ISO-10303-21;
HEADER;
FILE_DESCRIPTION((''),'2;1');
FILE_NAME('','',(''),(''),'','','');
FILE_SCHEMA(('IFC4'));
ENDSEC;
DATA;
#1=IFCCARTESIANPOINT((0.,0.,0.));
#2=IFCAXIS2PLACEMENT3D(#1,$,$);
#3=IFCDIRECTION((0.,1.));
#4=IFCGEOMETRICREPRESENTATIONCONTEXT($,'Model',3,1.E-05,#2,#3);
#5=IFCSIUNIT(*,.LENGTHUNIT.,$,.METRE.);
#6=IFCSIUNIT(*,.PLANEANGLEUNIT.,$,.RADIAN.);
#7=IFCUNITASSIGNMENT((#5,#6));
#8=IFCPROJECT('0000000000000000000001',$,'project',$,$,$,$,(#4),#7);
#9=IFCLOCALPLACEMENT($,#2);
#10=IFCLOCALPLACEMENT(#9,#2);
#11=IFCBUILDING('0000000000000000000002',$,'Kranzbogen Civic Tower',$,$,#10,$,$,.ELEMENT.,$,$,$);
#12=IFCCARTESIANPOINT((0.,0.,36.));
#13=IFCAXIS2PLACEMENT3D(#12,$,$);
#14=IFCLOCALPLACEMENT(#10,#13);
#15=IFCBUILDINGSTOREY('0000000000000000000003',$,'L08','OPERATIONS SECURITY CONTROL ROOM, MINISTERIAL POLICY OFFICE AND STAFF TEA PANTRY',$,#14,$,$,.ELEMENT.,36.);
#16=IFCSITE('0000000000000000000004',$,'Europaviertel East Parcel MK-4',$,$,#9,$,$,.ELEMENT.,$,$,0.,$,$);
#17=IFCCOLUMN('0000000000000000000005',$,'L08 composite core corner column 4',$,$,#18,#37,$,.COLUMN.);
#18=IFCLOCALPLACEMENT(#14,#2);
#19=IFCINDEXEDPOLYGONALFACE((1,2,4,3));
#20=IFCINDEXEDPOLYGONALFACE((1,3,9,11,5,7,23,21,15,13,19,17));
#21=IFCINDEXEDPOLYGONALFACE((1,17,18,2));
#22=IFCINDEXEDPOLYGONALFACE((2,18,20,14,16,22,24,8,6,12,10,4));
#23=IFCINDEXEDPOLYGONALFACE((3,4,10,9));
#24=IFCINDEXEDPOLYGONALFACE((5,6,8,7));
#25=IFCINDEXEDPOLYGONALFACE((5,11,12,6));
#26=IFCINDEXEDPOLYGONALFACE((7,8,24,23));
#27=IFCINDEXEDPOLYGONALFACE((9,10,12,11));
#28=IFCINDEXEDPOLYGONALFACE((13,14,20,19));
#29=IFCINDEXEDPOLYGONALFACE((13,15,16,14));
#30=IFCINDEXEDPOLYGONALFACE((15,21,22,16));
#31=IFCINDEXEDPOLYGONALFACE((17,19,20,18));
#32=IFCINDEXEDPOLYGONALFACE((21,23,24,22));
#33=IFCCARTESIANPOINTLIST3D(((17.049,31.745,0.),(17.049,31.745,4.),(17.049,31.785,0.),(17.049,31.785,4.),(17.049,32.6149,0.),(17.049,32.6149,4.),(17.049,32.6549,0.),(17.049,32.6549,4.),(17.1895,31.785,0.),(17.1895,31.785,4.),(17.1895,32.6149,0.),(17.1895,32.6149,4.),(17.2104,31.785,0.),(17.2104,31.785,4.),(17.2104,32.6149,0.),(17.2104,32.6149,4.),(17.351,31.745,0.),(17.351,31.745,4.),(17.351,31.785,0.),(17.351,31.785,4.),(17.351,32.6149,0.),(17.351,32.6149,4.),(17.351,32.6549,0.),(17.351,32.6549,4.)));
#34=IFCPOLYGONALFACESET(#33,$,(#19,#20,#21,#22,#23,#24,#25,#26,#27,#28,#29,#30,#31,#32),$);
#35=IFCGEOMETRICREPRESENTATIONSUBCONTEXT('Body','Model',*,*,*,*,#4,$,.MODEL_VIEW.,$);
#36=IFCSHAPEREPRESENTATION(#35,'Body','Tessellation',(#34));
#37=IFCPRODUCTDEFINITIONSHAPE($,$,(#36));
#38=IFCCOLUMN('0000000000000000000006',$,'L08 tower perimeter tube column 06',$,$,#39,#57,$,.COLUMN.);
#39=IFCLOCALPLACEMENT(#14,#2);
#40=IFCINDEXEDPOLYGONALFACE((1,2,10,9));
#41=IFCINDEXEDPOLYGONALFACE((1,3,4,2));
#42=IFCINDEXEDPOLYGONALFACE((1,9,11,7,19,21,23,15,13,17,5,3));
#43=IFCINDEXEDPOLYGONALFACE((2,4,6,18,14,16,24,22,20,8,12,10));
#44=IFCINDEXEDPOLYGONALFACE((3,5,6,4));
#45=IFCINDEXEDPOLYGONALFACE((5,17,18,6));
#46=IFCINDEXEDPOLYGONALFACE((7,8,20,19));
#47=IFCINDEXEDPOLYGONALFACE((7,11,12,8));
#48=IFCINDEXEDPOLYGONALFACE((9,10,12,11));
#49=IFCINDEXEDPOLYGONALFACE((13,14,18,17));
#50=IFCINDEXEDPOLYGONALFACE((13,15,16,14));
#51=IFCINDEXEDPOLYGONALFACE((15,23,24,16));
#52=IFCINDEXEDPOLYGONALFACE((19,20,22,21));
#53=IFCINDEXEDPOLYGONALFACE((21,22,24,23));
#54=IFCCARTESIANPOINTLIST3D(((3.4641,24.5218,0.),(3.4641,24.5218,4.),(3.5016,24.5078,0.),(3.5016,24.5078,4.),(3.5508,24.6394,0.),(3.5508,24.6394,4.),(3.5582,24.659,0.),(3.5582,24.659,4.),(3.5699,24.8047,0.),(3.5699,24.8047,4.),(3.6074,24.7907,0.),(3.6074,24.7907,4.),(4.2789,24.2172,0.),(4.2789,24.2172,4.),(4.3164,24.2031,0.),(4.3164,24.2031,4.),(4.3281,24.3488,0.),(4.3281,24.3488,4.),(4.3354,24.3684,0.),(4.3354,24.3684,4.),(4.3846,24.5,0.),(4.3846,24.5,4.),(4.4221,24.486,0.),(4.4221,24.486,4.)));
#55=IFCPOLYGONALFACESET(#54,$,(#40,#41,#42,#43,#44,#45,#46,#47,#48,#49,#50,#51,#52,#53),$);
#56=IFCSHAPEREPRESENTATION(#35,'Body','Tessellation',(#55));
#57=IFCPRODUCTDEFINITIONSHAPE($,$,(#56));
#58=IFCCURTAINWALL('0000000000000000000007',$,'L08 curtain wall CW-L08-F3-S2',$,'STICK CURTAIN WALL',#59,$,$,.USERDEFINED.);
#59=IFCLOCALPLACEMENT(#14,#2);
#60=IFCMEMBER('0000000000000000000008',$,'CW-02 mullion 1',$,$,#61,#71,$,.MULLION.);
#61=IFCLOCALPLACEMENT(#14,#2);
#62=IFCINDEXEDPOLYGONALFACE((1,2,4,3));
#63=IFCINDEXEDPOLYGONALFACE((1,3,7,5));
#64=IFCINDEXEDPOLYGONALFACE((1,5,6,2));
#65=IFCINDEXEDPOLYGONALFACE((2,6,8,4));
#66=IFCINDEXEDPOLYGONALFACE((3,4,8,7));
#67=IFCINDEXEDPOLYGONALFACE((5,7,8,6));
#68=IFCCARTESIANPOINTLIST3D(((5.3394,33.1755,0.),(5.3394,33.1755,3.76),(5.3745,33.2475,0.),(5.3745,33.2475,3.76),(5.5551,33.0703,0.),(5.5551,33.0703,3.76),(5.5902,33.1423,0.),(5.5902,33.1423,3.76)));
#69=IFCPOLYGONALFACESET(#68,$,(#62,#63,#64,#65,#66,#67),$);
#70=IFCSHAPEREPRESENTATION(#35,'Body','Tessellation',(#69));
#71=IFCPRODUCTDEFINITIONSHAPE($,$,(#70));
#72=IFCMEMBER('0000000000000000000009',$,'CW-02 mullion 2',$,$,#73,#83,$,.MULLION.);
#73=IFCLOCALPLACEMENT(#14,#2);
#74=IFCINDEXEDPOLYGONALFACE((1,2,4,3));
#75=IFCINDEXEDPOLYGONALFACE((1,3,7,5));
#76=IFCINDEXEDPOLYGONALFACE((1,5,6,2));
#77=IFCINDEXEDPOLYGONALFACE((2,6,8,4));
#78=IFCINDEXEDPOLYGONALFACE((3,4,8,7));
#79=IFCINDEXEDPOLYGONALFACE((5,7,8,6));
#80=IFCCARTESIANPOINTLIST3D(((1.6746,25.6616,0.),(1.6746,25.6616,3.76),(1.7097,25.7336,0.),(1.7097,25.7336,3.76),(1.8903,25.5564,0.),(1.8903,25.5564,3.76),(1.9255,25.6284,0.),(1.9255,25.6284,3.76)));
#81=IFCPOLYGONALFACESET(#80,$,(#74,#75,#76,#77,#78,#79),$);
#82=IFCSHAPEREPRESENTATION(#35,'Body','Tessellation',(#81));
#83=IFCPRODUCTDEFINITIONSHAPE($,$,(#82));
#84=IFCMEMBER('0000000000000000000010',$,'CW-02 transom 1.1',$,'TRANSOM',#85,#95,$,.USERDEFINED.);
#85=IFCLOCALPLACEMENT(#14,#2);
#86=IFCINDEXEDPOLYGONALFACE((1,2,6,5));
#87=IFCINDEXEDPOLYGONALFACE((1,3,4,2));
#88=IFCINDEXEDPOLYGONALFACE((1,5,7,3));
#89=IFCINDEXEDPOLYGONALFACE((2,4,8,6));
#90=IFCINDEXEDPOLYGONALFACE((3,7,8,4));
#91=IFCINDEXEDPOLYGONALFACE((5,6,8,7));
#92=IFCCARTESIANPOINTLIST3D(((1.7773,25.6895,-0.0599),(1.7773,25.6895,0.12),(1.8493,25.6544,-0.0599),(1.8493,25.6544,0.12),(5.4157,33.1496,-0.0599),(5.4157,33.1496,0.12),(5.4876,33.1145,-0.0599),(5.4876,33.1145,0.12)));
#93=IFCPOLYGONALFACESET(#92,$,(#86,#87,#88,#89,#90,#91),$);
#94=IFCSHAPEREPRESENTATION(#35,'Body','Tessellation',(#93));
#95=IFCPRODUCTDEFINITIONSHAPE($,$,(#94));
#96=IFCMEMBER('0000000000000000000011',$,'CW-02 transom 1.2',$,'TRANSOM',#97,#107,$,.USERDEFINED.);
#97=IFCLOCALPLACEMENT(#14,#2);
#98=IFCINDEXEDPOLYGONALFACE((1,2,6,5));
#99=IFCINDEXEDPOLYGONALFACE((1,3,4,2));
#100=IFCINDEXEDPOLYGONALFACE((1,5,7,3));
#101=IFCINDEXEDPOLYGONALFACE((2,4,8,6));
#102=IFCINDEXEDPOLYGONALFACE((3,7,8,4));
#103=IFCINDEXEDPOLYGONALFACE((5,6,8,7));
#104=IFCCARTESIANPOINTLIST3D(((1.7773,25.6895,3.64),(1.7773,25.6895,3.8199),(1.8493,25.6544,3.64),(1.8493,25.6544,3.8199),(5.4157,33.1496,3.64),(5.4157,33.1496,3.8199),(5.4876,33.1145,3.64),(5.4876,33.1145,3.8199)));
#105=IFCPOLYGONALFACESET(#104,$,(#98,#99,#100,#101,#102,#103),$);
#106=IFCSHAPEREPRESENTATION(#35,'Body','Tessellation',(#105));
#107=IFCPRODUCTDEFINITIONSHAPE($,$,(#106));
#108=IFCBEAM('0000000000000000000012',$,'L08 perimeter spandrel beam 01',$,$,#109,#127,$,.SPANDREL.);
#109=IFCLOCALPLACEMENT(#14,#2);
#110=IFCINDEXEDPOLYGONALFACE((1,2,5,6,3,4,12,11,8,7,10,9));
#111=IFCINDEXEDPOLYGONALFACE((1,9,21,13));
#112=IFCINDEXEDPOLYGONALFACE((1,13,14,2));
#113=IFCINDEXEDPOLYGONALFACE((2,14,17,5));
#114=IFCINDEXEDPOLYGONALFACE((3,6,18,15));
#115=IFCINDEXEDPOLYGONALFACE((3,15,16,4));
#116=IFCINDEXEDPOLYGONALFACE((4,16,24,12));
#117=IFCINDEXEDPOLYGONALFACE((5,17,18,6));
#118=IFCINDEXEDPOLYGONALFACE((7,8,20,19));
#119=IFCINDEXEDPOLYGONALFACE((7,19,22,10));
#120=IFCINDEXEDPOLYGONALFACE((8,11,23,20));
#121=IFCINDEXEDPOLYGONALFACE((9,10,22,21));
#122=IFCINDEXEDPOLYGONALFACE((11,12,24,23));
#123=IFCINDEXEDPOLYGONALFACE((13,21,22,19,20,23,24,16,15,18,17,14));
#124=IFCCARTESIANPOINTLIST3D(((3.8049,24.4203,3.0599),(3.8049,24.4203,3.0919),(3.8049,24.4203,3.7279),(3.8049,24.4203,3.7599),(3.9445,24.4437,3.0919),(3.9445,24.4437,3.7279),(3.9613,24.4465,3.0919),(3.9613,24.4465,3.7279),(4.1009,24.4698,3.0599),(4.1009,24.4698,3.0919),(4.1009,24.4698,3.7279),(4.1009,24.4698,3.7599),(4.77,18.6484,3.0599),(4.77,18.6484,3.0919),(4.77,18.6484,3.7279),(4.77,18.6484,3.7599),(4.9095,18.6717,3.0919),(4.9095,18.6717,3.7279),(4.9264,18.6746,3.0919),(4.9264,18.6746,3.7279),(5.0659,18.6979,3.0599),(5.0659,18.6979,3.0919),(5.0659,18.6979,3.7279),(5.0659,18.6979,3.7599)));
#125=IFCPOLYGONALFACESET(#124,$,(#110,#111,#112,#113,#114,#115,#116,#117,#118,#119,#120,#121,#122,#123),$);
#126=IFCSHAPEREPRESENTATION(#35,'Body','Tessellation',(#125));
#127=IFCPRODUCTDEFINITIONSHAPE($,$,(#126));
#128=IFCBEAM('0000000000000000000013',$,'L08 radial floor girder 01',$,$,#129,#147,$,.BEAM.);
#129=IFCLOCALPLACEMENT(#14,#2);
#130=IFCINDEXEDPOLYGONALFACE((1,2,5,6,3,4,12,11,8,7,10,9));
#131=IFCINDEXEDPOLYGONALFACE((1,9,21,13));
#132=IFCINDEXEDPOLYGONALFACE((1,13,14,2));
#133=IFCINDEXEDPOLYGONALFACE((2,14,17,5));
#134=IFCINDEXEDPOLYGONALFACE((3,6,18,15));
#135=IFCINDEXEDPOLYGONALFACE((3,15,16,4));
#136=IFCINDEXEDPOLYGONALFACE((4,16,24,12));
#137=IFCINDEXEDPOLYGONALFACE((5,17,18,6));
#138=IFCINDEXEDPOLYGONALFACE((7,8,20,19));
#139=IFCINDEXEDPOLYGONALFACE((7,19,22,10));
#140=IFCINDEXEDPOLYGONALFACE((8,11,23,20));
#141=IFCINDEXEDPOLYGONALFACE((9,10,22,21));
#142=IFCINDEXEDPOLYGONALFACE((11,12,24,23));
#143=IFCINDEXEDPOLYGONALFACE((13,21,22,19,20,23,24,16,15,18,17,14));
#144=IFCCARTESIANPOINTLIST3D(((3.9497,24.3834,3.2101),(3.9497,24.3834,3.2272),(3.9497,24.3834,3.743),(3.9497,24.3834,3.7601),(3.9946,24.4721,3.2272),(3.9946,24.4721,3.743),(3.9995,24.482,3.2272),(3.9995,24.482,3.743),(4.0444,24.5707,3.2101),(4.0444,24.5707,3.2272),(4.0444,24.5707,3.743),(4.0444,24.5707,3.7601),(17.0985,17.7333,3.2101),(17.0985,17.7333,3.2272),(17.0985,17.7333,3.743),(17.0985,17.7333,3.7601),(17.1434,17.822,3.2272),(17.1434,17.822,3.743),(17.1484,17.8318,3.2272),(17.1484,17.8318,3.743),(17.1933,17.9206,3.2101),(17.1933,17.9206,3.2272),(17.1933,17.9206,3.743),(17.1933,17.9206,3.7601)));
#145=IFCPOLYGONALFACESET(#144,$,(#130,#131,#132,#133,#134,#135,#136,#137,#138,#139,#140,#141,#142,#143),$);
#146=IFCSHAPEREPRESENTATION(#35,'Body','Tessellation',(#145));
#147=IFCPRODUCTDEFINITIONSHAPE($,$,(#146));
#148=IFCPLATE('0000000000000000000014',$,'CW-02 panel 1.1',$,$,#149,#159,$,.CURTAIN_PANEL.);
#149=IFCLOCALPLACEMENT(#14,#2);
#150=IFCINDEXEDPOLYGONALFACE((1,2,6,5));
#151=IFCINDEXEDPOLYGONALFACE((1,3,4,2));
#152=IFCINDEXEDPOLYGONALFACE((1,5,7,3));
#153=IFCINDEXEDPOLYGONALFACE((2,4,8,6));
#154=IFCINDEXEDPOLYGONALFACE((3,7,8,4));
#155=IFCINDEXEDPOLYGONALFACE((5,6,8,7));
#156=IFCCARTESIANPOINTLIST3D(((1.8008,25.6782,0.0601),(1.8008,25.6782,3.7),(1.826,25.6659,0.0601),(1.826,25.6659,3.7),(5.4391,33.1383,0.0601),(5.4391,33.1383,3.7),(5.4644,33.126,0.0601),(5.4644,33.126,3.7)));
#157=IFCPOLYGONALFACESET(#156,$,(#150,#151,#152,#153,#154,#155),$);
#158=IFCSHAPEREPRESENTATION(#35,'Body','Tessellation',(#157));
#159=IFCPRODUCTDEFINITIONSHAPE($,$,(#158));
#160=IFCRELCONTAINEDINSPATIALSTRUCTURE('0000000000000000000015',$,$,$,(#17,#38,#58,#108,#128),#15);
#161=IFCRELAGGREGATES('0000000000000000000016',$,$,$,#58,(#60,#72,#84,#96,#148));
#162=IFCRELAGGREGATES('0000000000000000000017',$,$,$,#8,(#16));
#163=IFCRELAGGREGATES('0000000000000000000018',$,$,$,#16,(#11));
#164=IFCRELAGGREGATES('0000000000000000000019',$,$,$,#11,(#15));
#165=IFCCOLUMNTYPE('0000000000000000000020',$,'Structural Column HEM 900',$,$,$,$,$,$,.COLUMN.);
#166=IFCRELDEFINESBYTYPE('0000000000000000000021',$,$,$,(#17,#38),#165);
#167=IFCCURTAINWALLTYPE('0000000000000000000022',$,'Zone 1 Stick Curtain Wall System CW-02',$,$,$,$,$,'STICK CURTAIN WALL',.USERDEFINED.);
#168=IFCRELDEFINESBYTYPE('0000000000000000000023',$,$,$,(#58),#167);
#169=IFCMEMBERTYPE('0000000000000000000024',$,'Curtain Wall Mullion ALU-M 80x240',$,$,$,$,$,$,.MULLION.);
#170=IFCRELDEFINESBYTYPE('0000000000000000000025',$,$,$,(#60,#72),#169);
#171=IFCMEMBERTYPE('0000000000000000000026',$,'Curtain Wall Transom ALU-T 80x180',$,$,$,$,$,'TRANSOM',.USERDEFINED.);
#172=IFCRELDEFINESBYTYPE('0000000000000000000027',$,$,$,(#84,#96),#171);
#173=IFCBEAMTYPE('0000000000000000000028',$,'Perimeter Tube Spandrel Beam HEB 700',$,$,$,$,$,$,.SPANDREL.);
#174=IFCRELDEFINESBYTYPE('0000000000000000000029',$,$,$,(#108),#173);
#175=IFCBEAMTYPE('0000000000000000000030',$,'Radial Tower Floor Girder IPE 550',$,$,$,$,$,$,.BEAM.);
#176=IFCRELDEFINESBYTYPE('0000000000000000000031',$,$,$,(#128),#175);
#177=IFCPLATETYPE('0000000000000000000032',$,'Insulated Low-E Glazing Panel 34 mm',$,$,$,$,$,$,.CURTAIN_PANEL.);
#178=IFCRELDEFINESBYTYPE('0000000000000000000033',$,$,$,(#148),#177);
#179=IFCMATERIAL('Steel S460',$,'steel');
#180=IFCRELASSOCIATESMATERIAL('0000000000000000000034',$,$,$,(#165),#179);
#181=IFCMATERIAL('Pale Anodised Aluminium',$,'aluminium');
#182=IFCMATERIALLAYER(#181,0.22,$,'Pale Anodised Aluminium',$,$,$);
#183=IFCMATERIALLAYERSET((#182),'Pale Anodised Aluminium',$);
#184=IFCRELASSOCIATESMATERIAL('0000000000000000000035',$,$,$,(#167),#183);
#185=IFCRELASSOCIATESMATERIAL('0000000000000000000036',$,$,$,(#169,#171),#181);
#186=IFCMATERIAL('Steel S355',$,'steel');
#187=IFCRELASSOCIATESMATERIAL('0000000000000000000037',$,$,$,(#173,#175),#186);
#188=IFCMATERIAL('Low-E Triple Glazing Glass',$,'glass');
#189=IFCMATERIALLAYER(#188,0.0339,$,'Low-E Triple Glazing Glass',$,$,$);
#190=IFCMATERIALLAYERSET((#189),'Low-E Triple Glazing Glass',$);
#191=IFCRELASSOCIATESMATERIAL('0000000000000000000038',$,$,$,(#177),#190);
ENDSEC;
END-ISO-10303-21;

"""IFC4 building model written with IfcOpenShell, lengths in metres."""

from ifc_helpers import new_model, si_unit, direction, frame, origin, origin_2d, place, context, subcontext, project, spatial, rectangle, i_section, extrude, material, layer, layer_set, material_profile, profile_set, type_object, element, aggregate, save


model = new_model("IFC4")

# Units and contexts
model_context = context("Model", 3, precision=1e-05, world=origin(), true_north=direction((0.0, 1.0)))
body_context = subcontext(model_context, "Body", "Model", "MODEL_VIEW")
ifc_project = project(units=[si_unit("LENGTHUNIT", "METRE"), si_unit("PLANEANGLEUNIT", "RADIAN")], contexts=[model_context])

# Site, building, storey
site_placement = place(None, origin())
site = spatial("IfcSite", under=ifc_project, at=site_placement, Name="Europaviertel East Parcel MK-4", CompositionType="ELEMENT", RefElevation=0.0)
building_placement = place(site_placement, origin())
building = spatial("IfcBuilding", under=site, at=building_placement, Name="Kranzbogen Civic Tower", CompositionType="ELEMENT")
storey_placement = place(building_placement, frame((0.0, 0.0, 36.0)))
storey = spatial("IfcBuildingStorey", under=building, at=storey_placement, Name="L08", Description="OPERATIONS SECURITY CONTROL ROOM, MINISTERIAL POLICY OFFICE AND STAFF TEA PANTRY", CompositionType="ELEMENT", Elevation=36.0)

# Columns
ifc_material_1 = material(Name="Steel S460", Category="steel")
ifc_material_profile_1 = material_profile(ifc_material_1, i_section(OverallWidth=0.302, OverallDepth=0.9099, WebThickness=0.021, FlangeThickness=0.04, at=origin_2d()), Name="HEM 900")
ifc_profile_set_1 = profile_set([ifc_material_profile_1], Name="Steel S460")
column_type = type_object("IfcColumnType", Name="Structural Column HEM 900", PredefinedType="COLUMN", material=ifc_profile_set_1)
for number, where, z_axis, x_axis, name in (
    (1, (17.2, 32.2, 0.0), (0.0, 0.0, 1.0), (1.0, 0.0, 0.0), "L08 composite core corner column 4"),
    (2, (3.9431, 24.5039, 0.0), (0.0, 0.0, 1.0), (0.350207, 0.936672, 0.0), "L08 tower perimeter tube column 06"),
):
    element("IfcColumn", number, at=place(storey_placement, frame(where, z_axis=z_axis, x_axis=x_axis)), inside=storey, type_object=column_type, Name=name, PredefinedType="COLUMN", context=body_context, shape_type="SweptSolid", body=[
        extrude(i_section(OverallWidth=0.302, OverallDepth=0.9099, WebThickness=0.021, FlangeThickness=0.04, at=origin_2d()), origin(), (0.0, 0.0, 1.0), 4.0),
    ])

# Curtain wall, members
ifc_material_2 = material(Name="Pale Anodised Aluminium", Category="aluminium")
ifc_layer_1 = layer(ifc_material_2, 0.22, Name="Pale Anodised Aluminium")
ifc_layer_set_1 = layer_set([ifc_layer_1], Name="Pale Anodised Aluminium")
curtain_wall_type = type_object("IfcCurtainWallType", Name="Zone 1 Stick Curtain Wall System CW-02", ElementType="STICK CURTAIN WALL", PredefinedType="USERDEFINED", material=ifc_layer_set_1)
curtain_wall_placement = place(storey_placement, origin())
curtain_wall = element("IfcCurtainWall", 3, at=curtain_wall_placement, inside=storey, type_object=curtain_wall_type, Name="L08 curtain wall CW-L08-F3-S2", ObjectType="STICK CURTAIN WALL", PredefinedType="USERDEFINED")
ifc_material_profile_2 = material_profile(ifc_material_2, rectangle(XDim=0.0801, YDim=0.24, at=origin_2d()), Name="ALU-M 80x240")
ifc_profile_set_2 = profile_set([ifc_material_profile_2], Name="Pale Anodised Aluminium")
member_type_1 = type_object("IfcMemberType", Name="Curtain Wall Mullion ALU-M 80x240", PredefinedType="MULLION", material=ifc_profile_set_2)
member_1_placement = place(storey_placement, frame((5.4648, 33.1589, 0.0), z_axis=(0.0, 0.0, 1.0), x_axis=(-0.438356, -0.898802, 0.0)))
member_1 = element("IfcMember", 4, at=member_1_placement, type_object=member_type_1, Name="CW-02 mullion 1", PredefinedType="MULLION", context=body_context, shape_type="SweptSolid", body=[
    extrude(rectangle(XDim=0.0801, YDim=0.24, at=origin_2d()), origin(), (0.0, 0.0, 1.0), 3.76),
])
member_2_placement = place(storey_placement, frame((1.8, 25.645, 0.0), z_axis=(0.0, 0.0, 1.0), x_axis=(-0.438356, -0.898802, 0.0)))
member_2 = element("IfcMember", 5, at=member_2_placement, type_object=member_type_1, Name="CW-02 mullion 2", PredefinedType="MULLION", context=body_context, shape_type="SweptSolid", body=[
    extrude(rectangle(XDim=0.0801, YDim=0.24, at=origin_2d()), origin(), (0.0, 0.0, 1.0), 3.76),
])
ifc_material_profile_3 = material_profile(ifc_material_2, rectangle(XDim=0.0801, YDim=0.1799, at=origin_2d()), Name="ALU-T 80x180")
ifc_profile_set_3 = profile_set([ifc_material_profile_3], Name="Pale Anodised Aluminium")
member_type_2 = type_object("IfcMemberType", Name="Curtain Wall Transom ALU-T 80x180", ElementType="TRANSOM", PredefinedType="USERDEFINED", material=ifc_profile_set_3)
member_3_placement = place(storey_placement, frame((5.4517, 33.1321, 0.03), z_axis=(-0.438356, -0.898802, 0.0), x_axis=(0.898802, -0.438356, 0.0)))
member_3 = element("IfcMember", 6, at=member_3_placement, type_object=member_type_2, Name="CW-02 transom 1.1", ObjectType="TRANSOM", PredefinedType="USERDEFINED", context=body_context, shape_type="SweptSolid", body=[
    extrude(rectangle(XDim=0.0801, YDim=0.1799, at=origin_2d()), origin(), (0.0, 0.0, 1.0), 8.3),
])
member_4_placement = place(storey_placement, frame((5.4517, 33.1321, 3.73), z_axis=(-0.438356, -0.898802, 0.0), x_axis=(0.898802, -0.438356, 0.0)))
member_4 = element("IfcMember", 7, at=member_4_placement, type_object=member_type_2, Name="CW-02 transom 1.2", ObjectType="TRANSOM", PredefinedType="USERDEFINED", context=body_context, shape_type="SweptSolid", body=[
    extrude(rectangle(XDim=0.0801, YDim=0.1799, at=origin_2d()), origin(), (0.0, 0.0, 1.0), 8.3),
])

# Beams
ifc_material_3 = material(Name="Steel S355", Category="steel")
ifc_material_profile_4 = material_profile(ifc_material_3, i_section(OverallWidth=0.3, OverallDepth=0.7, WebThickness=0.0171, FlangeThickness=0.032, at=origin_2d()), Name="HEB 700")
ifc_profile_set_4 = profile_set([ifc_material_profile_4], Name="Steel S355")
beam_type_1 = type_object("IfcBeamType", Name="Perimeter Tube Spandrel Beam HEB 700", PredefinedType="SPANDREL", material=ifc_profile_set_4)
beam_1_placement = place(storey_placement, frame((3.9529, 24.4451, 3.4099), z_axis=(0.164913, -0.986308, 0.0), x_axis=(0.986308, 0.164913, 0.0)))
element("IfcBeam", 8, at=beam_1_placement, inside=storey, type_object=beam_type_1, Name="L08 perimeter spandrel beam 01", PredefinedType="SPANDREL", context=body_context, shape_type="SweptSolid", body=[
    extrude(i_section(OverallWidth=0.3, OverallDepth=0.7, WebThickness=0.0171, FlangeThickness=0.032, at=origin_2d()), origin(), (0.0, 0.0, 1.0), 5.8521),
])
ifc_material_profile_5 = material_profile(ifc_material_3, i_section(OverallWidth=0.21, OverallDepth=0.55, WebThickness=0.011, FlangeThickness=0.0171, at=origin_2d()), Name="IPE 550")
ifc_profile_set_5 = profile_set([ifc_material_profile_5], Name="Steel S355")
beam_type_2 = type_object("IfcBeamType", Name="Radial Tower Floor Girder IPE 550", PredefinedType="BEAM", material=ifc_profile_set_5)
beam_2_placement = place(storey_placement, frame((3.9971, 24.4771, 3.4851), z_axis=(0.892363, -0.451318, 0.0), x_axis=(0.451318, 0.892363, 0.0)))
element("IfcBeam", 9, at=beam_2_placement, inside=storey, type_object=beam_type_2, Name="L08 radial floor girder 01", PredefinedType="BEAM", context=body_context, shape_type="SweptSolid", body=[
    extrude(i_section(OverallWidth=0.21, OverallDepth=0.55, WebThickness=0.011, FlangeThickness=0.0171, at=origin_2d()), origin(), (0.0, 0.0, 1.0), 14.7349),
])

# Plate
ifc_material_4 = material(Name="Low-E Triple Glazing Glass", Category="glass")
ifc_layer_2 = layer(ifc_material_4, 0.0339, Name="Low-E Triple Glazing Glass")
ifc_layer_set_2 = layer_set([ifc_layer_2], Name="Low-E Triple Glazing Glass")
plate_type = type_object("IfcPlateType", Name="Insulated Low-E Glazing Panel 34 mm", PredefinedType="CURTAIN_PANEL", material=ifc_layer_set_2)
plate_placement = place(storey_placement, frame((3.6326, 29.4021, 0.0601), z_axis=(0.0, 0.0, 1.0), x_axis=(-0.438356, -0.898802, 0.0)))
plate = element("IfcPlate", 10, at=plate_placement, type_object=plate_type, Name="CW-02 panel 1.1", PredefinedType="CURTAIN_PANEL", context=body_context, shape_type="SweptSolid", body=[
    extrude(rectangle(XDim=8.3, YDim=0.0281, at=origin_2d()), origin(), (0.0, 0.0, 1.0), 3.6399),
])
aggregate(curtain_wall, [member_1, member_2, member_3, member_4, plate])

save(model, "model.ifc")
